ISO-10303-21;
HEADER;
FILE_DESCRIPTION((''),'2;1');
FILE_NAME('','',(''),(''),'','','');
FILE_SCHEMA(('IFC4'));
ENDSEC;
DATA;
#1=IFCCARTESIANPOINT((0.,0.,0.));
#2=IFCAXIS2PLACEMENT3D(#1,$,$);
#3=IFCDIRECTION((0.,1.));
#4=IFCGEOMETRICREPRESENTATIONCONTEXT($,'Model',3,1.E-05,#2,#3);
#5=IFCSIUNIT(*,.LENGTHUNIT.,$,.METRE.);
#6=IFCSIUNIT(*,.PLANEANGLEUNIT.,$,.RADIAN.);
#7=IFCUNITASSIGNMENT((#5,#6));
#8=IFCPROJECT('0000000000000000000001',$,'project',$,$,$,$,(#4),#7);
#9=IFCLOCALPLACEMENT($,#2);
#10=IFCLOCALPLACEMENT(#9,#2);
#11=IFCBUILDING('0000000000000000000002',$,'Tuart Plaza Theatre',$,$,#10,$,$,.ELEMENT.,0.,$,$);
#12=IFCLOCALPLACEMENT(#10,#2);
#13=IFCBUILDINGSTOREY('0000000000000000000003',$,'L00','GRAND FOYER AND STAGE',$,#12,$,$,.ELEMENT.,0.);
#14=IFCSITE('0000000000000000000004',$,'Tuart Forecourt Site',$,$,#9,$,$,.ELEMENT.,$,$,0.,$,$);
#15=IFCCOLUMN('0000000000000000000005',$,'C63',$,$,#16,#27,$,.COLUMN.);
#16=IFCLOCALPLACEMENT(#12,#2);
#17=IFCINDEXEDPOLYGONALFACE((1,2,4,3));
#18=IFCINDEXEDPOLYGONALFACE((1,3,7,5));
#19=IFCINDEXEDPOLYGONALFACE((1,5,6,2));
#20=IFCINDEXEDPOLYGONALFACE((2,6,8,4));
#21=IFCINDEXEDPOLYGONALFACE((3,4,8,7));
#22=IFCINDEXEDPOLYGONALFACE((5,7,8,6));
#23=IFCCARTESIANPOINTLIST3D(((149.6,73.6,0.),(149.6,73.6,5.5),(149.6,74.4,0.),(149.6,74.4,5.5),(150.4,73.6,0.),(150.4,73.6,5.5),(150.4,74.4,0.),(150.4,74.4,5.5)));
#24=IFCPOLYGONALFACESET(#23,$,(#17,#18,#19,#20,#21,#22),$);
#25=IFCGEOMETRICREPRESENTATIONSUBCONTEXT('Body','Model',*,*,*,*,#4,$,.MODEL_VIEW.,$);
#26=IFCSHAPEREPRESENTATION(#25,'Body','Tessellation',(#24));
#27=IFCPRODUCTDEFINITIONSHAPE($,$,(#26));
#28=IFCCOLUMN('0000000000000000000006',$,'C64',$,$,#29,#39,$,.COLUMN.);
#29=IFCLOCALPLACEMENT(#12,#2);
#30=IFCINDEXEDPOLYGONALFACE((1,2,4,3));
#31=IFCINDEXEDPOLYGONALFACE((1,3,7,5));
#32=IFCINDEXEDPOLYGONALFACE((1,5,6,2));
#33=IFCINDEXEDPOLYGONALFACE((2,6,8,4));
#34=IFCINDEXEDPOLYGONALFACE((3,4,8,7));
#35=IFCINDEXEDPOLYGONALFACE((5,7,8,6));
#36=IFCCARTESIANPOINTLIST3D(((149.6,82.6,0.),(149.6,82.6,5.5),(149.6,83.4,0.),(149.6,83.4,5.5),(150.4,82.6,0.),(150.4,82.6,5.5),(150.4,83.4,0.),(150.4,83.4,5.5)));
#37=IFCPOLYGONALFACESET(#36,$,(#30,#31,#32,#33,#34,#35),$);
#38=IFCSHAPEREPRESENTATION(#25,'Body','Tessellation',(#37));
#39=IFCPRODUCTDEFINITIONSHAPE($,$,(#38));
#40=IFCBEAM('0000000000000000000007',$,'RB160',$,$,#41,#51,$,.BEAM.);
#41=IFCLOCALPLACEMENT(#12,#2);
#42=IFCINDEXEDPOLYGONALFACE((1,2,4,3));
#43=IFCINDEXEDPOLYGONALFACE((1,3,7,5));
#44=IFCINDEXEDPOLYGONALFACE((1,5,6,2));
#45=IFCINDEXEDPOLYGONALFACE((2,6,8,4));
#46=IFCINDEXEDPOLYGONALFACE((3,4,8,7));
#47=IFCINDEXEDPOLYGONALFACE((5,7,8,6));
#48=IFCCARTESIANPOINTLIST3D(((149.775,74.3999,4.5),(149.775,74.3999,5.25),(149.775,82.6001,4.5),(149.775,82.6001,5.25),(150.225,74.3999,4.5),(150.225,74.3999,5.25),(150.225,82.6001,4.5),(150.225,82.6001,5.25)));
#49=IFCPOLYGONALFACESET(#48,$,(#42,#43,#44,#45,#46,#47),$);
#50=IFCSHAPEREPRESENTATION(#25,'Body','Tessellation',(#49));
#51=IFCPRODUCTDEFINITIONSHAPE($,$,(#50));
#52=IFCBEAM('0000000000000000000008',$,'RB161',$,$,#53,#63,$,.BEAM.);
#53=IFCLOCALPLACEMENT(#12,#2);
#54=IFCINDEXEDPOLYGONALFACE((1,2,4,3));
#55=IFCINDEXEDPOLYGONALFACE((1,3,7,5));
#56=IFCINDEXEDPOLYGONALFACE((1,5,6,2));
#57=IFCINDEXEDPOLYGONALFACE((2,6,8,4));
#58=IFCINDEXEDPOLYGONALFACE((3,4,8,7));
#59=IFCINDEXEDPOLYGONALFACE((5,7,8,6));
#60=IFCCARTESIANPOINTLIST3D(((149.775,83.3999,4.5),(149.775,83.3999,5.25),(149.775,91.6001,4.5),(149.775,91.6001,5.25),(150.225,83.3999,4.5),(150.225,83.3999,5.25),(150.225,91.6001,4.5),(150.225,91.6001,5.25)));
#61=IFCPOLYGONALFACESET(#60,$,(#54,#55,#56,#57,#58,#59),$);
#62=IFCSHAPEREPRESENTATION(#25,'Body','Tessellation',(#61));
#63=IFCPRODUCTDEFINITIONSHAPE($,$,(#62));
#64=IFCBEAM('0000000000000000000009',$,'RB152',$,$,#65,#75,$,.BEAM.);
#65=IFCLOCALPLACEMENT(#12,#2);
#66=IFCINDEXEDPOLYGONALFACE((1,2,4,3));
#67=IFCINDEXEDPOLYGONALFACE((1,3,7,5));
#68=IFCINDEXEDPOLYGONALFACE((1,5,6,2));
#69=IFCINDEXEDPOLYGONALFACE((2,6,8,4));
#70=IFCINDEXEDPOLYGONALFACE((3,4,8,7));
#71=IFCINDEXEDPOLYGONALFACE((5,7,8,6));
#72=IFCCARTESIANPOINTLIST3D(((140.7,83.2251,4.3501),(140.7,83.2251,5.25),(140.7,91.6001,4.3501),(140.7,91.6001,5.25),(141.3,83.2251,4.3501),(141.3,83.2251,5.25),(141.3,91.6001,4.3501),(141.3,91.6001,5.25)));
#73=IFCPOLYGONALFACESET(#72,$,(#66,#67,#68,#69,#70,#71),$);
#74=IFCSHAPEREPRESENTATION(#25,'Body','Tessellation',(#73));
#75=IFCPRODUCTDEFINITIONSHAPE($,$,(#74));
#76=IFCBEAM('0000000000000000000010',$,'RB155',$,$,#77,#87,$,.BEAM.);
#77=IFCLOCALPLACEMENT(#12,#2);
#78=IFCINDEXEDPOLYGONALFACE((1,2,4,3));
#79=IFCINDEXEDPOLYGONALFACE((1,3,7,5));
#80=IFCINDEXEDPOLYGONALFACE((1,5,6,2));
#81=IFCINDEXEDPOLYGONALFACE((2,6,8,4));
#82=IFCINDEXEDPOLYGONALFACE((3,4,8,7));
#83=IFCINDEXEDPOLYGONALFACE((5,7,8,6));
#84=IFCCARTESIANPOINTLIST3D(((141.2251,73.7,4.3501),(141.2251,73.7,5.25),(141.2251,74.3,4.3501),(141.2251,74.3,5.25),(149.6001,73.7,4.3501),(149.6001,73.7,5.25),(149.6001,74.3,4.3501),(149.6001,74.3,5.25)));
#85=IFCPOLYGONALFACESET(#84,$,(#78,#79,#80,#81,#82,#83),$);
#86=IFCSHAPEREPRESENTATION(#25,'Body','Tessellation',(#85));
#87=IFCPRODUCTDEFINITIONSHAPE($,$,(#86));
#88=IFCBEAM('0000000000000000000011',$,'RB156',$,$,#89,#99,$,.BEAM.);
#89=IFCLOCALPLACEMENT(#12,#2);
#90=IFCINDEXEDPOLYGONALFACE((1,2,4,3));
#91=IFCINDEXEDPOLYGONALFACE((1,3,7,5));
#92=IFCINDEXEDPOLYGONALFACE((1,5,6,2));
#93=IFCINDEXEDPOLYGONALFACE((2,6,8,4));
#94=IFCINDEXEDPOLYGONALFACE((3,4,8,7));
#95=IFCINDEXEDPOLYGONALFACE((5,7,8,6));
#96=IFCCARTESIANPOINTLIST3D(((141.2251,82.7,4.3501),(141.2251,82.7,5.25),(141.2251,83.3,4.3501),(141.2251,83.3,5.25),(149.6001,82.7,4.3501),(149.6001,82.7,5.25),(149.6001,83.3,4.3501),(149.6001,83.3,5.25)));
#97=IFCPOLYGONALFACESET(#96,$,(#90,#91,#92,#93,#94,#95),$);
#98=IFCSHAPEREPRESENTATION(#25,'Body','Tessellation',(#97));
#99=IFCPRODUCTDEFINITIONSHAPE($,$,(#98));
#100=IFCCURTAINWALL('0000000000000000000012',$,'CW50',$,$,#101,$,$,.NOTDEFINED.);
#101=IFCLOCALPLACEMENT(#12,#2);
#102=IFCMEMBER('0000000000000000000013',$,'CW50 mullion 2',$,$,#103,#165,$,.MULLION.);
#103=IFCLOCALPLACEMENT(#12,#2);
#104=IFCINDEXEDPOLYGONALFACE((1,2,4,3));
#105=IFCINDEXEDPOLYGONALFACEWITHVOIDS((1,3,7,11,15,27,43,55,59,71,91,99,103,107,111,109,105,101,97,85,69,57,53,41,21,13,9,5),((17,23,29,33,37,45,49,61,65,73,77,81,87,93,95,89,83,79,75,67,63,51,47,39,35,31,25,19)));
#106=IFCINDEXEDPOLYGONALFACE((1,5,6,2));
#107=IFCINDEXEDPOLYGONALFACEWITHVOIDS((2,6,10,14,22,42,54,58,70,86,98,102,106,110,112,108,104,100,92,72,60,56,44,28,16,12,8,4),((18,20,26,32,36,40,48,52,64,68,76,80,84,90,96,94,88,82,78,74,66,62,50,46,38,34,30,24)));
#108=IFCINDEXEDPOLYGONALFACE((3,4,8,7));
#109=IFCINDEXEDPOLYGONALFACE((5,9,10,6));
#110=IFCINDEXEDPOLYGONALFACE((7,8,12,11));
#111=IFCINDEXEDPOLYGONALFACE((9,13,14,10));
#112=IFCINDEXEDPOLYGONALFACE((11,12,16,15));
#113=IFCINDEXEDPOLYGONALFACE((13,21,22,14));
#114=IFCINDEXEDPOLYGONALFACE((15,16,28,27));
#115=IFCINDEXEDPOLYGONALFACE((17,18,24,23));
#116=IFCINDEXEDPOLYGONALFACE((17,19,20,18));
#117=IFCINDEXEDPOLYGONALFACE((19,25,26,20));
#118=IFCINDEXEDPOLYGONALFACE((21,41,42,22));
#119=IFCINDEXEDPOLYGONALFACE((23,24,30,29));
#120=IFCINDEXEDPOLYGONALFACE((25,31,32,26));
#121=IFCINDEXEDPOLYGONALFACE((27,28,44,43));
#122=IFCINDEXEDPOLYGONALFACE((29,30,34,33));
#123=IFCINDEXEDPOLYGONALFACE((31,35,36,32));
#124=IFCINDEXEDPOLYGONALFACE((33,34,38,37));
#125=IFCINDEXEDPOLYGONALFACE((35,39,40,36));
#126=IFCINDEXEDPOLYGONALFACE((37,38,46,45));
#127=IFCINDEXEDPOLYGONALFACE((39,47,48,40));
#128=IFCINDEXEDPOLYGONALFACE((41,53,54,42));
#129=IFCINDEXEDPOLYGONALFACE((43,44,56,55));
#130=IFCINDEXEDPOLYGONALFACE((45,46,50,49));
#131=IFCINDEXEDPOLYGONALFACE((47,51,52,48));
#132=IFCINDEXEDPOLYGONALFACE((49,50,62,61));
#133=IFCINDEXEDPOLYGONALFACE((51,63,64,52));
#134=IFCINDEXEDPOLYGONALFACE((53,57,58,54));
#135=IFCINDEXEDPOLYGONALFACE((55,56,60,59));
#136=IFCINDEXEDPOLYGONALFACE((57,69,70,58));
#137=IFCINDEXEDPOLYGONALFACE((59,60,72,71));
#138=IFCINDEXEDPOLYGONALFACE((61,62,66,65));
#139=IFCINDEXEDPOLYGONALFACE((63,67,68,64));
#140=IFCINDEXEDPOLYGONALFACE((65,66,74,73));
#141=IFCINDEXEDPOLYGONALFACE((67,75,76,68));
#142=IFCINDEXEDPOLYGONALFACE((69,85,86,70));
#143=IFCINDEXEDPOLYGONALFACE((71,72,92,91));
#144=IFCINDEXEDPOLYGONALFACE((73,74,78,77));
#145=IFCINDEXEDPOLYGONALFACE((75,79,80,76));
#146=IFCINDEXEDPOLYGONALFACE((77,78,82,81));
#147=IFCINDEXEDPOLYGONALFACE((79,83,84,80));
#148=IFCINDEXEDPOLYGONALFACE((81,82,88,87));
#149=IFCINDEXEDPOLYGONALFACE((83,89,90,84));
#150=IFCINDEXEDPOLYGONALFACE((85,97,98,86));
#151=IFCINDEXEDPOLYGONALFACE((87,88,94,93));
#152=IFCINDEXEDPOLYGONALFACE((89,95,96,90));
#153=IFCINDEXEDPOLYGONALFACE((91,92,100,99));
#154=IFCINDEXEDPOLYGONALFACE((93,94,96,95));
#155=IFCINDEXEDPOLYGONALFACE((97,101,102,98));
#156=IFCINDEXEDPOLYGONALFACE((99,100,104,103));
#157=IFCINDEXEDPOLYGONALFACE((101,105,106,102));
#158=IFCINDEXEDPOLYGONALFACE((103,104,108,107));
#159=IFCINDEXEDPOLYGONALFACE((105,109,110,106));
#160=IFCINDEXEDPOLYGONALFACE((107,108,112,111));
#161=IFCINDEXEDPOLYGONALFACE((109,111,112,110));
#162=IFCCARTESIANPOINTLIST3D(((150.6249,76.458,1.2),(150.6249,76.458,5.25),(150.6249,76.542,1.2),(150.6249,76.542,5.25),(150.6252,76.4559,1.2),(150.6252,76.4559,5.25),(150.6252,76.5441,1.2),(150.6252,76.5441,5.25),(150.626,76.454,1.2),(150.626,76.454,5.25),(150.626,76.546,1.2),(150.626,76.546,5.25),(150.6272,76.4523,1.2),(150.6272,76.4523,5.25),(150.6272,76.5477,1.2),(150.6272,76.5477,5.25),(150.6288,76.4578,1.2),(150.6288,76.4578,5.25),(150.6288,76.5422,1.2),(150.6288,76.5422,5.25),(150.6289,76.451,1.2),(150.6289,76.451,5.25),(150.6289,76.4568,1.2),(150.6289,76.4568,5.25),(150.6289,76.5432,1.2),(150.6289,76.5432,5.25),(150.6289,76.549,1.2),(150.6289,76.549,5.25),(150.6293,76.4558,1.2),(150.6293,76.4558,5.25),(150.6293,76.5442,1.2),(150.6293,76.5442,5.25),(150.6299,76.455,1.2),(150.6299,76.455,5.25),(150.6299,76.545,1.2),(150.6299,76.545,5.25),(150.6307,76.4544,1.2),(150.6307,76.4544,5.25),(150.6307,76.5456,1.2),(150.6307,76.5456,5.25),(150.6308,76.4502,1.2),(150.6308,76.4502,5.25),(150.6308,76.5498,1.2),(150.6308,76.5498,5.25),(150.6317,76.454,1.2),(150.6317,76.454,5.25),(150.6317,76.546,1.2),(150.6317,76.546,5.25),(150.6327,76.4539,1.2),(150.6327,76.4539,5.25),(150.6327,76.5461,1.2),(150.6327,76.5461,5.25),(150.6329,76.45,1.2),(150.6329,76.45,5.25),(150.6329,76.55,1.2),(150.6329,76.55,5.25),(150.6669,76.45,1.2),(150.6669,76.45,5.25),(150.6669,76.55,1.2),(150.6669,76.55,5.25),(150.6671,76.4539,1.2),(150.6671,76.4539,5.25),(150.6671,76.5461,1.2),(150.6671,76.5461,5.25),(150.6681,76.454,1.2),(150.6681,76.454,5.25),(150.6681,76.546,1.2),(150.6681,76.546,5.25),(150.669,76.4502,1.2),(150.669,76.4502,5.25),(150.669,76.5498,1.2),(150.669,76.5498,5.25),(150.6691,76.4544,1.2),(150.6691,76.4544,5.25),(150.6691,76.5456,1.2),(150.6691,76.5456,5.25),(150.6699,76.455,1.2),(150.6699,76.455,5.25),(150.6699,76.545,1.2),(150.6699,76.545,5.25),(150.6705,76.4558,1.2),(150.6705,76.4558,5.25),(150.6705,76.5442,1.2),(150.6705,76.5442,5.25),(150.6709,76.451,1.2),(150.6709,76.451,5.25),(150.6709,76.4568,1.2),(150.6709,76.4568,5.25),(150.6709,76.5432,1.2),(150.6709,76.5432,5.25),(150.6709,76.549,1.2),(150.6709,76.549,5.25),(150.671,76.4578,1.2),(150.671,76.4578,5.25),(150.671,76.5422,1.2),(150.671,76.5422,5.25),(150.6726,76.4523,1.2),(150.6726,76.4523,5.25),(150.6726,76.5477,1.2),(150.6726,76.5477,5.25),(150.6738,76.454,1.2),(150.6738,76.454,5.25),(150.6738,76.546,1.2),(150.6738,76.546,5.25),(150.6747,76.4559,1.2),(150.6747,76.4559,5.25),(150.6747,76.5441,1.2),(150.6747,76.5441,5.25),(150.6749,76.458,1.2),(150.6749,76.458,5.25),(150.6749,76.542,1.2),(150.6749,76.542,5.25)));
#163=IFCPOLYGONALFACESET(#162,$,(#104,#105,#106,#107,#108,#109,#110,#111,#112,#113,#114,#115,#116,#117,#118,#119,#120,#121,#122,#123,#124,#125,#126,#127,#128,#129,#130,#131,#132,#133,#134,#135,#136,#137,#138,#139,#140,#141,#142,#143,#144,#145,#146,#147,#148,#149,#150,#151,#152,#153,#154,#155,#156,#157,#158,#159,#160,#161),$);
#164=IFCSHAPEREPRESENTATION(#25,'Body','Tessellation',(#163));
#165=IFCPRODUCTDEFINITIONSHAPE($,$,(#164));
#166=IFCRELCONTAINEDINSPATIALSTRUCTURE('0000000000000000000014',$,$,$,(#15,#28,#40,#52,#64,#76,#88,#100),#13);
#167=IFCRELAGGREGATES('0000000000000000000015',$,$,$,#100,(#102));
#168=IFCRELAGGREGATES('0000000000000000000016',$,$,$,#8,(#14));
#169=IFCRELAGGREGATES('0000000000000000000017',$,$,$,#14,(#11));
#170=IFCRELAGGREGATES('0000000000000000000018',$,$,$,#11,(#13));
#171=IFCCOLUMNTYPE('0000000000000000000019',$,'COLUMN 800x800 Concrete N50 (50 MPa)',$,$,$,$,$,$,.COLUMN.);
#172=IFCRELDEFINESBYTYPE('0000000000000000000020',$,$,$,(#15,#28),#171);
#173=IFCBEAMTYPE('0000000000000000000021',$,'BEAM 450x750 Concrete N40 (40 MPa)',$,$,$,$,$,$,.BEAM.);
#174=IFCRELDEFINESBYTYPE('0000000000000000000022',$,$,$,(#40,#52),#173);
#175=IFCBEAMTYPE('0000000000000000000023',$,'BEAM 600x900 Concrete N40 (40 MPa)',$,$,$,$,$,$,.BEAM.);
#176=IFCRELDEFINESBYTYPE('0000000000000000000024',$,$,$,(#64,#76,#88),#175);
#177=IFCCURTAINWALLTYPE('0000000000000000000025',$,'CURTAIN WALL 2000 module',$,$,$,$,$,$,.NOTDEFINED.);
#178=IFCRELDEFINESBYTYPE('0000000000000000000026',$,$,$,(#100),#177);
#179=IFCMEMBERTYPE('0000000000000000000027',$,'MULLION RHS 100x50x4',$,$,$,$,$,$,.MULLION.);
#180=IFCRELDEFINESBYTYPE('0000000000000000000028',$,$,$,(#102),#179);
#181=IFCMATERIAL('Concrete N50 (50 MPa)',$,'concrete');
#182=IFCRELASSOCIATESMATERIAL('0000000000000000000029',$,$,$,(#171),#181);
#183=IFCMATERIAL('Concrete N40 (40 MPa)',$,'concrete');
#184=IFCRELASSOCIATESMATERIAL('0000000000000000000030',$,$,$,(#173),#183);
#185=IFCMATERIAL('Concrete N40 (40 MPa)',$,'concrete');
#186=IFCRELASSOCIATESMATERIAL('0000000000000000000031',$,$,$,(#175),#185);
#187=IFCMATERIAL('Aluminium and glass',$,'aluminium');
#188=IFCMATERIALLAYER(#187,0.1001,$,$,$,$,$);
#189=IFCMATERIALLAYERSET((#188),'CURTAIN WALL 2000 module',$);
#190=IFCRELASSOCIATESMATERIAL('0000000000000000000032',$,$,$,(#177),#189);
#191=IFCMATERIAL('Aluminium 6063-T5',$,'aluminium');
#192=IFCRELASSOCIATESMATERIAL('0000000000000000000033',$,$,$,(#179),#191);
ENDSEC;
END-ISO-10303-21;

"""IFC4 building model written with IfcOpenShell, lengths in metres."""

from ifc_helpers import new_model, si_unit, direction, frame, origin, origin_2d, place, context, subcontext, project, spatial, rectangle, hollow_rectangle, extrude, material, layer, layer_set, material_profile, profile_set, type_object, element, aggregate, save


model = new_model("IFC4")

# Units and contexts
model_context = context("Model", 3, precision=1e-05, world=origin(), true_north=direction((0.0, 1.0)))
body_context = subcontext(model_context, "Body", "Model", "MODEL_VIEW")
ifc_project = project(units=[si_unit("LENGTHUNIT", "METRE"), si_unit("PLANEANGLEUNIT", "RADIAN")], contexts=[model_context])

# Site, building, storey
site_placement = place(None, origin())
site = spatial("IfcSite", under=ifc_project, at=site_placement, Name="Tuart Forecourt Site", CompositionType="ELEMENT", RefElevation=0.0)
building_placement = place(site_placement, origin())
building = spatial("IfcBuilding", under=site, at=building_placement, Name="Tuart Plaza Theatre", CompositionType="ELEMENT", ElevationOfRefHeight=0.0)
storey_placement = place(building_placement, origin())
storey = spatial("IfcBuildingStorey", under=building, at=storey_placement, Name="L00", Description="GRAND FOYER AND STAGE", CompositionType="ELEMENT", Elevation=0.0)

# Columns
ifc_material_1 = material(Name="Concrete N50 (50 MPa)", Category="concrete")
ifc_material_profile_1 = material_profile(ifc_material_1, rectangle(XDim=0.8, YDim=0.8, at=origin_2d()), Name="COLUMN 800x800 Concrete N50 (50 MPa)")
ifc_profile_set_1 = profile_set([ifc_material_profile_1], Name="Concrete N50 (50 MPa)")
column_type = type_object("IfcColumnType", Name="COLUMN 800x800 Concrete N50 (50 MPa)", PredefinedType="COLUMN", material=ifc_profile_set_1)
for number, where, z_axis, x_axis, name in (
    (1, (150.0, 74.0, 0.0), (0.0, 0.0, 1.0), (1.0, 0.0, 0.0), "C63"),
    (2, (150.0, 83.0, 0.0), (0.0, 0.0, 1.0), (1.0, 0.0, 0.0), "C64"),
):
    element("IfcColumn", number, at=place(storey_placement, frame(where, z_axis=z_axis, x_axis=x_axis)), inside=storey, type_object=column_type, Name=name, PredefinedType="COLUMN", context=body_context, shape_type="SweptSolid", body=[
        extrude(rectangle(XDim=0.8, YDim=0.8, at=origin_2d()), origin(), (0.0, 0.0, 1.0), 5.5),
    ])

# Beams
ifc_material_2 = material(Name="Concrete N40 (40 MPa)", Category="concrete")
ifc_material_profile_2 = material_profile(ifc_material_2, rectangle(XDim=0.45, YDim=0.75, at=origin_2d()), Name="BEAM 450x750 Concrete N40 (40 MPa)")
ifc_profile_set_2 = profile_set([ifc_material_profile_2], Name="Concrete N40 (40 MPa)")
beam_type_1 = type_object("IfcBeamType", Name="BEAM 450x750 Concrete N40 (40 MPa)", PredefinedType="BEAM", material=ifc_profile_set_2)
for number, where, z_axis, x_axis, name in (
    (3, (150.0, 74.3999, 4.875), (0.0, 1.0, 0.0), (-1.0, 0.0, 0.0), "RB160"),
    (4, (150.0, 83.3999, 4.875), (0.0, 1.0, 0.0), (-1.0, 0.0, 0.0), "RB161"),
):
    element("IfcBeam", number, at=place(storey_placement, frame(where, z_axis=z_axis, x_axis=x_axis)), inside=storey, type_object=beam_type_1, Name=name, PredefinedType="BEAM", context=body_context, shape_type="SweptSolid", body=[
        extrude(rectangle(XDim=0.45, YDim=0.75, at=origin_2d()), origin(), (0.0, 0.0, 1.0), 8.2002),
    ])
ifc_material_3 = material(Name="Concrete N40 (40 MPa)", Category="concrete")
ifc_material_profile_3 = material_profile(ifc_material_3, rectangle(XDim=0.6001, YDim=0.8999, at=origin_2d()), Name="BEAM 600x900 Concrete N40 (40 MPa)")
ifc_profile_set_3 = profile_set([ifc_material_profile_3], Name="Concrete N40 (40 MPa)")
beam_type_2 = type_object("IfcBeamType", Name="BEAM 600x900 Concrete N40 (40 MPa)", PredefinedType="BEAM", material=ifc_profile_set_3)
for number, where, z_axis, x_axis, name in (
    (5, (141.0, 83.2251, 4.8), (0.0, 1.0, 0.0), (-1.0, 0.0, 0.0), "RB152"),
    (6, (141.2251, 74.0, 4.8), (1.0, 0.0, 0.0), (0.0, 1.0, 0.0), "RB155"),
    (7, (141.2251, 83.0, 4.8), (1.0, 0.0, 0.0), (0.0, 1.0, 0.0), "RB156"),
):
    element("IfcBeam", number, at=place(storey_placement, frame(where, z_axis=z_axis, x_axis=x_axis)), inside=storey, type_object=beam_type_2, Name=name, PredefinedType="BEAM", context=body_context, shape_type="SweptSolid", body=[
        extrude(rectangle(XDim=0.6001, YDim=0.8999, at=origin_2d()), origin(), (0.0, 0.0, 1.0), 8.375),
    ])

# Curtain wall, member
ifc_material_4 = material(Name="Aluminium and glass", Category="aluminium")
ifc_layer_1 = layer(ifc_material_4, 0.1001)
ifc_layer_set_1 = layer_set([ifc_layer_1], Name="CURTAIN WALL 2000 module")
curtain_wall_type = type_object("IfcCurtainWallType", Name="CURTAIN WALL 2000 module", PredefinedType="NOTDEFINED", material=ifc_layer_set_1)
curtain_wall_1_placement = place(storey_placement, origin())
curtain_wall_1 = element("IfcCurtainWall", 8, at=curtain_wall_1_placement, inside=storey, type_object=curtain_wall_type, Name="CW50", PredefinedType="NOTDEFINED")
ifc_material_5 = material(Name="Aluminium 6063-T5", Category="aluminium")
ifc_material_profile_4 = material_profile(ifc_material_5, hollow_rectangle(XDim=0.05, YDim=0.1001, WallThickness=0.0039, InnerFilletRadius=0.0039, OuterFilletRadius=0.0081, at=origin_2d()), Name="RHS 100x50x4")
ifc_profile_set_4 = profile_set([ifc_material_profile_4], Name="Aluminium 6063-T5")
member_type_1 = type_object("IfcMemberType", Name="MULLION RHS 100x50x4", PredefinedType="MULLION", material=ifc_profile_set_4)
member_1_placement = place(storey_placement, frame((150.6499, 76.5, 1.2), z_axis=(0.0, 0.0, 1.0), x_axis=(-1.0, 0.0, 0.0)))
member_1 = element("IfcMember", 9, at=member_1_placement, type_object=member_type_1, Name="CW50 mullion 2", PredefinedType="MULLION", context=body_context, shape_type="SweptSolid", body=[
    extrude(hollow_rectangle(XDim=0.05, YDim=0.1001, WallThickness=0.0039, InnerFilletRadius=0.0039, OuterFilletRadius=0.0081, at=origin_2d()), origin(), (0.0, 0.0, 1.0), 4.05),
])

aggregate(curtain_wall_1, [member_1])

save(model, "model.ifc")
